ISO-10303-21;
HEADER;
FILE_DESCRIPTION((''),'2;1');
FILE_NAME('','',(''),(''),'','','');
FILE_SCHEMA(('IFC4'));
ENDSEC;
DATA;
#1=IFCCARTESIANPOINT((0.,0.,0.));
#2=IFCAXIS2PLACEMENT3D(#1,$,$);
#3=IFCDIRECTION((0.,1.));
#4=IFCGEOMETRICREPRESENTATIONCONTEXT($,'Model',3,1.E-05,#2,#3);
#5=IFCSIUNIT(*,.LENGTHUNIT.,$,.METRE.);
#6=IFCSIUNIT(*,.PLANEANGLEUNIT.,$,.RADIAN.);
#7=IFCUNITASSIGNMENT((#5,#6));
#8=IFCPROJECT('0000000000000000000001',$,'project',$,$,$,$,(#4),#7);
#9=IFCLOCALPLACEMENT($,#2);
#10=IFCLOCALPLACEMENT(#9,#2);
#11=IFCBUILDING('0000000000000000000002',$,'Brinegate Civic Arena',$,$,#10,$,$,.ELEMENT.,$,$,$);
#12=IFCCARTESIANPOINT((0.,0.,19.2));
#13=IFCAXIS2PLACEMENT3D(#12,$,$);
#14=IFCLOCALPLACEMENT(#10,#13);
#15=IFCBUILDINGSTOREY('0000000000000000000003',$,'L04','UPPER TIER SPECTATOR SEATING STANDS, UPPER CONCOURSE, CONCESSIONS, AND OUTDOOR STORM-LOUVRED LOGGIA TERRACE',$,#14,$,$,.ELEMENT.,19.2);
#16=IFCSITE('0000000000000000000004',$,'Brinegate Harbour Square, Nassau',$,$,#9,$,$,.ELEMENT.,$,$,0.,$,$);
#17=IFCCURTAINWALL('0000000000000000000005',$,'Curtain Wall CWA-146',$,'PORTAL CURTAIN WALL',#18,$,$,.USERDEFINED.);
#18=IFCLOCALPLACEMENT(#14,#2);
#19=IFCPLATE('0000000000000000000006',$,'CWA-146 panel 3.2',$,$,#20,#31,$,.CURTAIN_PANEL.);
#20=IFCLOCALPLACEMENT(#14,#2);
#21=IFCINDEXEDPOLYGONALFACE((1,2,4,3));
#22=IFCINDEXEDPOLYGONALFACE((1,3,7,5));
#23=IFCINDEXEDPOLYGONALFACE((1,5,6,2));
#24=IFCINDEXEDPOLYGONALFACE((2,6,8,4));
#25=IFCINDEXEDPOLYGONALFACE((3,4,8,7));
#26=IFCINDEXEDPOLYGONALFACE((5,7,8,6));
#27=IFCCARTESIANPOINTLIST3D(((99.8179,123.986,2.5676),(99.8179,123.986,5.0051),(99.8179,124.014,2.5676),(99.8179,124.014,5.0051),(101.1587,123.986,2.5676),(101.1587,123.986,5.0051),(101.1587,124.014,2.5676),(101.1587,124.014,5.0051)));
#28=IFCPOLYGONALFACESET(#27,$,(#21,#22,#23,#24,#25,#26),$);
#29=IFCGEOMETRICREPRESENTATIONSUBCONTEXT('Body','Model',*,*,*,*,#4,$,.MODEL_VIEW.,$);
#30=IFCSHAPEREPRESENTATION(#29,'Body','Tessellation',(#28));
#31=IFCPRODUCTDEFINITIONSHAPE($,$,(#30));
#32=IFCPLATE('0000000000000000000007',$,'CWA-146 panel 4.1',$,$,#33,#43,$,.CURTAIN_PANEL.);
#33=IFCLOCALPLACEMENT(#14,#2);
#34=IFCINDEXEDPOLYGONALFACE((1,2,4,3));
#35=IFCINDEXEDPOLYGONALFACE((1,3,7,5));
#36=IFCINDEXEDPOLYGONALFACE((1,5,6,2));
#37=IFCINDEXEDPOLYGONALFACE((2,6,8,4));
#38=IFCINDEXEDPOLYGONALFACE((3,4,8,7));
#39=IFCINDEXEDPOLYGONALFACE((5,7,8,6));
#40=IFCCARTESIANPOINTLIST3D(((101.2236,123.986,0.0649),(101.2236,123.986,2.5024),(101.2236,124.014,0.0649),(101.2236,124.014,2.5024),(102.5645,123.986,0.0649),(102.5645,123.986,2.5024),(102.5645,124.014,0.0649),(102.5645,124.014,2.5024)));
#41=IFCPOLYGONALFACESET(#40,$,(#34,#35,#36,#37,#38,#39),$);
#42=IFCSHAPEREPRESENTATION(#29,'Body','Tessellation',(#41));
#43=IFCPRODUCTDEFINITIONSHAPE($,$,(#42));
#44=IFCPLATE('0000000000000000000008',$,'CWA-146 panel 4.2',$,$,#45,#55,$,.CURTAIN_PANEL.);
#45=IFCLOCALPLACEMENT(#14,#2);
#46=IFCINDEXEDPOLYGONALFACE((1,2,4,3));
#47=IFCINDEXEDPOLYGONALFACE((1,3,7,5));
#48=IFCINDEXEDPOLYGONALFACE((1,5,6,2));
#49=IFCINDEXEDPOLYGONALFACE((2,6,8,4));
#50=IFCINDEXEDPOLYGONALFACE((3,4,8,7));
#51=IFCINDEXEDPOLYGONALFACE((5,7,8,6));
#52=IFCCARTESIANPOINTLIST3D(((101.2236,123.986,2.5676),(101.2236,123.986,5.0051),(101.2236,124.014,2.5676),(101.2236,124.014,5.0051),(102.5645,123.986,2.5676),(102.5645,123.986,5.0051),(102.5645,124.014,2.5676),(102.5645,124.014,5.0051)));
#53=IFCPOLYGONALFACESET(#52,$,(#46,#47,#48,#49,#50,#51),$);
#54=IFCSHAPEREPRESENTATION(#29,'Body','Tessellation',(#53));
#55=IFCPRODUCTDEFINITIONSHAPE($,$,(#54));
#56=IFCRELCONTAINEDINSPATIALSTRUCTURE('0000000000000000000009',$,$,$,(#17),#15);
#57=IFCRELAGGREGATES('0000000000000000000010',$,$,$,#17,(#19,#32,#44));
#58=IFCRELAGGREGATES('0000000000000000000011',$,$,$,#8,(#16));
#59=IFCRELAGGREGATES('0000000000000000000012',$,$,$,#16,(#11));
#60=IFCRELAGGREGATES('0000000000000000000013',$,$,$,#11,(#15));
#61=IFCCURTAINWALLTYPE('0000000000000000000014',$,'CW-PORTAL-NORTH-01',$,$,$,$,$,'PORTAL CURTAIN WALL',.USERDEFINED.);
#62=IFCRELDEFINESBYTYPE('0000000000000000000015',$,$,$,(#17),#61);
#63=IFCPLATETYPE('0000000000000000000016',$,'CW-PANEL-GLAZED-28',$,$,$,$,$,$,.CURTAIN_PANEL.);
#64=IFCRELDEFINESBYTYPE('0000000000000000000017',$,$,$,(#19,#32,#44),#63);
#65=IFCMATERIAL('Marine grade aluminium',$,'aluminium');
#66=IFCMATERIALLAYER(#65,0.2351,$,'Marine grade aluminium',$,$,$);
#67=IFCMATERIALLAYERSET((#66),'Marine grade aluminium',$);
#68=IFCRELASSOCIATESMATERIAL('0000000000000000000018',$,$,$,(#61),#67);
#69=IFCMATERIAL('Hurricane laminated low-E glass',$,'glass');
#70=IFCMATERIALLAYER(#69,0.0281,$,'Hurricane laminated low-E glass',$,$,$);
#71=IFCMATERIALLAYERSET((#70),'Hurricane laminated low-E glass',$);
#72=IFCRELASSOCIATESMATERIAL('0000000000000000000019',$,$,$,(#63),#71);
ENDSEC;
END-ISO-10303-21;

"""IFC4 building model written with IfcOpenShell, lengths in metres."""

from ifc_helpers import new_model, si_unit, direction, frame, origin, origin_2d, place, context, subcontext, project, spatial, rectangle, extrude, material, layer, layer_set, type_object, element, aggregate, save


model = new_model("IFC4")

# Units and contexts
model_context = context("Model", 3, precision=1e-05, world=origin(), true_north=direction((0.0, 1.0)))
body_context = subcontext(model_context, "Body", "Model", "MODEL_VIEW")
ifc_project = project(units=[si_unit("LENGTHUNIT", "METRE"), si_unit("PLANEANGLEUNIT", "RADIAN")], contexts=[model_context])

# Site, building, storey
site_placement = place(None, origin())
site = spatial("IfcSite", under=ifc_project, at=site_placement, Name="Brinegate Harbour Square, Nassau", CompositionType="ELEMENT", RefElevation=0.0)
building_placement = place(site_placement, origin())
building = spatial("IfcBuilding", under=site, at=building_placement, Name="Brinegate Civic Arena", CompositionType="ELEMENT")
storey_placement = place(building_placement, frame((0.0, 0.0, 19.2)))
storey = spatial("IfcBuildingStorey", under=building, at=storey_placement, Name="L04", Description="UPPER TIER SPECTATOR SEATING STANDS, UPPER CONCOURSE, CONCESSIONS, AND OUTDOOR STORM-LOUVRED LOGGIA TERRACE", CompositionType="ELEMENT", Elevation=19.2)

# Curtain wall, plates
ifc_material_1 = material(Name="Marine grade aluminium", Category="aluminium")
ifc_layer_1 = layer(ifc_material_1, 0.2351, Name="Marine grade aluminium")
ifc_layer_set_1 = layer_set([ifc_layer_1], Name="Marine grade aluminium")
curtain_wall_type = type_object("IfcCurtainWallType", Name="CW-PORTAL-NORTH-01", ElementType="PORTAL CURTAIN WALL", PredefinedType="USERDEFINED", material=ifc_layer_set_1)
curtain_wall_placement = place(storey_placement, origin())
curtain_wall = element("IfcCurtainWall", 1, at=curtain_wall_placement, inside=storey, type_object=curtain_wall_type, Name="Curtain Wall CWA-146", ObjectType="PORTAL CURTAIN WALL", PredefinedType="USERDEFINED")
ifc_material_2 = material(Name="Hurricane laminated low-E glass", Category="glass")
ifc_layer_2 = layer(ifc_material_2, 0.0281, Name="Hurricane laminated low-E glass")
ifc_layer_set_2 = layer_set([ifc_layer_2], Name="Hurricane laminated low-E glass")
plate_type = type_object("IfcPlateType", Name="CW-PANEL-GLAZED-28", PredefinedType="CURTAIN_PANEL", material=ifc_layer_set_2)
plate_1_placement = place(storey_placement, frame((100.4883, 124.0, 2.5676), z_axis=(0.0, 0.0, 1.0), x_axis=(1.0, 0.0, 0.0)))
plate_1 = element("IfcPlate", 2, at=plate_1_placement, type_object=plate_type, Name="CWA-146 panel 3.2", PredefinedType="CURTAIN_PANEL", context=body_context, shape_type="SweptSolid", body=[
    extrude(rectangle(XDim=1.3408, YDim=0.0281, at=origin_2d()), origin(), (0.0, 0.0, 1.0), 2.4375),
])
plate_2_placement = place(storey_placement, frame((101.894, 124.0, 0.0649), z_axis=(0.0, 0.0, 1.0), x_axis=(1.0, 0.0, 0.0)))
plate_2 = element("IfcPlate", 3, at=plate_2_placement, type_object=plate_type, Name="CWA-146 panel 4.1", PredefinedType="CURTAIN_PANEL", context=body_context, shape_type="SweptSolid", body=[
    extrude(rectangle(XDim=1.3408, YDim=0.0281, at=origin_2d()), origin(), (0.0, 0.0, 1.0), 2.4375),
])
plate_3_placement = place(storey_placement, frame((101.894, 124.0, 2.5676), z_axis=(0.0, 0.0, 1.0), x_axis=(1.0, 0.0, 0.0)))
plate_3 = element("IfcPlate", 4, at=plate_3_placement, type_object=plate_type, Name="CWA-146 panel 4.2", PredefinedType="CURTAIN_PANEL", context=body_context, shape_type="SweptSolid", body=[
    extrude(rectangle(XDim=1.3408, YDim=0.0281, at=origin_2d()), origin(), (0.0, 0.0, 1.0), 2.4375),
])
aggregate(curtain_wall, [plate_1, plate_2, plate_3])

save(model, "model.ifc")
